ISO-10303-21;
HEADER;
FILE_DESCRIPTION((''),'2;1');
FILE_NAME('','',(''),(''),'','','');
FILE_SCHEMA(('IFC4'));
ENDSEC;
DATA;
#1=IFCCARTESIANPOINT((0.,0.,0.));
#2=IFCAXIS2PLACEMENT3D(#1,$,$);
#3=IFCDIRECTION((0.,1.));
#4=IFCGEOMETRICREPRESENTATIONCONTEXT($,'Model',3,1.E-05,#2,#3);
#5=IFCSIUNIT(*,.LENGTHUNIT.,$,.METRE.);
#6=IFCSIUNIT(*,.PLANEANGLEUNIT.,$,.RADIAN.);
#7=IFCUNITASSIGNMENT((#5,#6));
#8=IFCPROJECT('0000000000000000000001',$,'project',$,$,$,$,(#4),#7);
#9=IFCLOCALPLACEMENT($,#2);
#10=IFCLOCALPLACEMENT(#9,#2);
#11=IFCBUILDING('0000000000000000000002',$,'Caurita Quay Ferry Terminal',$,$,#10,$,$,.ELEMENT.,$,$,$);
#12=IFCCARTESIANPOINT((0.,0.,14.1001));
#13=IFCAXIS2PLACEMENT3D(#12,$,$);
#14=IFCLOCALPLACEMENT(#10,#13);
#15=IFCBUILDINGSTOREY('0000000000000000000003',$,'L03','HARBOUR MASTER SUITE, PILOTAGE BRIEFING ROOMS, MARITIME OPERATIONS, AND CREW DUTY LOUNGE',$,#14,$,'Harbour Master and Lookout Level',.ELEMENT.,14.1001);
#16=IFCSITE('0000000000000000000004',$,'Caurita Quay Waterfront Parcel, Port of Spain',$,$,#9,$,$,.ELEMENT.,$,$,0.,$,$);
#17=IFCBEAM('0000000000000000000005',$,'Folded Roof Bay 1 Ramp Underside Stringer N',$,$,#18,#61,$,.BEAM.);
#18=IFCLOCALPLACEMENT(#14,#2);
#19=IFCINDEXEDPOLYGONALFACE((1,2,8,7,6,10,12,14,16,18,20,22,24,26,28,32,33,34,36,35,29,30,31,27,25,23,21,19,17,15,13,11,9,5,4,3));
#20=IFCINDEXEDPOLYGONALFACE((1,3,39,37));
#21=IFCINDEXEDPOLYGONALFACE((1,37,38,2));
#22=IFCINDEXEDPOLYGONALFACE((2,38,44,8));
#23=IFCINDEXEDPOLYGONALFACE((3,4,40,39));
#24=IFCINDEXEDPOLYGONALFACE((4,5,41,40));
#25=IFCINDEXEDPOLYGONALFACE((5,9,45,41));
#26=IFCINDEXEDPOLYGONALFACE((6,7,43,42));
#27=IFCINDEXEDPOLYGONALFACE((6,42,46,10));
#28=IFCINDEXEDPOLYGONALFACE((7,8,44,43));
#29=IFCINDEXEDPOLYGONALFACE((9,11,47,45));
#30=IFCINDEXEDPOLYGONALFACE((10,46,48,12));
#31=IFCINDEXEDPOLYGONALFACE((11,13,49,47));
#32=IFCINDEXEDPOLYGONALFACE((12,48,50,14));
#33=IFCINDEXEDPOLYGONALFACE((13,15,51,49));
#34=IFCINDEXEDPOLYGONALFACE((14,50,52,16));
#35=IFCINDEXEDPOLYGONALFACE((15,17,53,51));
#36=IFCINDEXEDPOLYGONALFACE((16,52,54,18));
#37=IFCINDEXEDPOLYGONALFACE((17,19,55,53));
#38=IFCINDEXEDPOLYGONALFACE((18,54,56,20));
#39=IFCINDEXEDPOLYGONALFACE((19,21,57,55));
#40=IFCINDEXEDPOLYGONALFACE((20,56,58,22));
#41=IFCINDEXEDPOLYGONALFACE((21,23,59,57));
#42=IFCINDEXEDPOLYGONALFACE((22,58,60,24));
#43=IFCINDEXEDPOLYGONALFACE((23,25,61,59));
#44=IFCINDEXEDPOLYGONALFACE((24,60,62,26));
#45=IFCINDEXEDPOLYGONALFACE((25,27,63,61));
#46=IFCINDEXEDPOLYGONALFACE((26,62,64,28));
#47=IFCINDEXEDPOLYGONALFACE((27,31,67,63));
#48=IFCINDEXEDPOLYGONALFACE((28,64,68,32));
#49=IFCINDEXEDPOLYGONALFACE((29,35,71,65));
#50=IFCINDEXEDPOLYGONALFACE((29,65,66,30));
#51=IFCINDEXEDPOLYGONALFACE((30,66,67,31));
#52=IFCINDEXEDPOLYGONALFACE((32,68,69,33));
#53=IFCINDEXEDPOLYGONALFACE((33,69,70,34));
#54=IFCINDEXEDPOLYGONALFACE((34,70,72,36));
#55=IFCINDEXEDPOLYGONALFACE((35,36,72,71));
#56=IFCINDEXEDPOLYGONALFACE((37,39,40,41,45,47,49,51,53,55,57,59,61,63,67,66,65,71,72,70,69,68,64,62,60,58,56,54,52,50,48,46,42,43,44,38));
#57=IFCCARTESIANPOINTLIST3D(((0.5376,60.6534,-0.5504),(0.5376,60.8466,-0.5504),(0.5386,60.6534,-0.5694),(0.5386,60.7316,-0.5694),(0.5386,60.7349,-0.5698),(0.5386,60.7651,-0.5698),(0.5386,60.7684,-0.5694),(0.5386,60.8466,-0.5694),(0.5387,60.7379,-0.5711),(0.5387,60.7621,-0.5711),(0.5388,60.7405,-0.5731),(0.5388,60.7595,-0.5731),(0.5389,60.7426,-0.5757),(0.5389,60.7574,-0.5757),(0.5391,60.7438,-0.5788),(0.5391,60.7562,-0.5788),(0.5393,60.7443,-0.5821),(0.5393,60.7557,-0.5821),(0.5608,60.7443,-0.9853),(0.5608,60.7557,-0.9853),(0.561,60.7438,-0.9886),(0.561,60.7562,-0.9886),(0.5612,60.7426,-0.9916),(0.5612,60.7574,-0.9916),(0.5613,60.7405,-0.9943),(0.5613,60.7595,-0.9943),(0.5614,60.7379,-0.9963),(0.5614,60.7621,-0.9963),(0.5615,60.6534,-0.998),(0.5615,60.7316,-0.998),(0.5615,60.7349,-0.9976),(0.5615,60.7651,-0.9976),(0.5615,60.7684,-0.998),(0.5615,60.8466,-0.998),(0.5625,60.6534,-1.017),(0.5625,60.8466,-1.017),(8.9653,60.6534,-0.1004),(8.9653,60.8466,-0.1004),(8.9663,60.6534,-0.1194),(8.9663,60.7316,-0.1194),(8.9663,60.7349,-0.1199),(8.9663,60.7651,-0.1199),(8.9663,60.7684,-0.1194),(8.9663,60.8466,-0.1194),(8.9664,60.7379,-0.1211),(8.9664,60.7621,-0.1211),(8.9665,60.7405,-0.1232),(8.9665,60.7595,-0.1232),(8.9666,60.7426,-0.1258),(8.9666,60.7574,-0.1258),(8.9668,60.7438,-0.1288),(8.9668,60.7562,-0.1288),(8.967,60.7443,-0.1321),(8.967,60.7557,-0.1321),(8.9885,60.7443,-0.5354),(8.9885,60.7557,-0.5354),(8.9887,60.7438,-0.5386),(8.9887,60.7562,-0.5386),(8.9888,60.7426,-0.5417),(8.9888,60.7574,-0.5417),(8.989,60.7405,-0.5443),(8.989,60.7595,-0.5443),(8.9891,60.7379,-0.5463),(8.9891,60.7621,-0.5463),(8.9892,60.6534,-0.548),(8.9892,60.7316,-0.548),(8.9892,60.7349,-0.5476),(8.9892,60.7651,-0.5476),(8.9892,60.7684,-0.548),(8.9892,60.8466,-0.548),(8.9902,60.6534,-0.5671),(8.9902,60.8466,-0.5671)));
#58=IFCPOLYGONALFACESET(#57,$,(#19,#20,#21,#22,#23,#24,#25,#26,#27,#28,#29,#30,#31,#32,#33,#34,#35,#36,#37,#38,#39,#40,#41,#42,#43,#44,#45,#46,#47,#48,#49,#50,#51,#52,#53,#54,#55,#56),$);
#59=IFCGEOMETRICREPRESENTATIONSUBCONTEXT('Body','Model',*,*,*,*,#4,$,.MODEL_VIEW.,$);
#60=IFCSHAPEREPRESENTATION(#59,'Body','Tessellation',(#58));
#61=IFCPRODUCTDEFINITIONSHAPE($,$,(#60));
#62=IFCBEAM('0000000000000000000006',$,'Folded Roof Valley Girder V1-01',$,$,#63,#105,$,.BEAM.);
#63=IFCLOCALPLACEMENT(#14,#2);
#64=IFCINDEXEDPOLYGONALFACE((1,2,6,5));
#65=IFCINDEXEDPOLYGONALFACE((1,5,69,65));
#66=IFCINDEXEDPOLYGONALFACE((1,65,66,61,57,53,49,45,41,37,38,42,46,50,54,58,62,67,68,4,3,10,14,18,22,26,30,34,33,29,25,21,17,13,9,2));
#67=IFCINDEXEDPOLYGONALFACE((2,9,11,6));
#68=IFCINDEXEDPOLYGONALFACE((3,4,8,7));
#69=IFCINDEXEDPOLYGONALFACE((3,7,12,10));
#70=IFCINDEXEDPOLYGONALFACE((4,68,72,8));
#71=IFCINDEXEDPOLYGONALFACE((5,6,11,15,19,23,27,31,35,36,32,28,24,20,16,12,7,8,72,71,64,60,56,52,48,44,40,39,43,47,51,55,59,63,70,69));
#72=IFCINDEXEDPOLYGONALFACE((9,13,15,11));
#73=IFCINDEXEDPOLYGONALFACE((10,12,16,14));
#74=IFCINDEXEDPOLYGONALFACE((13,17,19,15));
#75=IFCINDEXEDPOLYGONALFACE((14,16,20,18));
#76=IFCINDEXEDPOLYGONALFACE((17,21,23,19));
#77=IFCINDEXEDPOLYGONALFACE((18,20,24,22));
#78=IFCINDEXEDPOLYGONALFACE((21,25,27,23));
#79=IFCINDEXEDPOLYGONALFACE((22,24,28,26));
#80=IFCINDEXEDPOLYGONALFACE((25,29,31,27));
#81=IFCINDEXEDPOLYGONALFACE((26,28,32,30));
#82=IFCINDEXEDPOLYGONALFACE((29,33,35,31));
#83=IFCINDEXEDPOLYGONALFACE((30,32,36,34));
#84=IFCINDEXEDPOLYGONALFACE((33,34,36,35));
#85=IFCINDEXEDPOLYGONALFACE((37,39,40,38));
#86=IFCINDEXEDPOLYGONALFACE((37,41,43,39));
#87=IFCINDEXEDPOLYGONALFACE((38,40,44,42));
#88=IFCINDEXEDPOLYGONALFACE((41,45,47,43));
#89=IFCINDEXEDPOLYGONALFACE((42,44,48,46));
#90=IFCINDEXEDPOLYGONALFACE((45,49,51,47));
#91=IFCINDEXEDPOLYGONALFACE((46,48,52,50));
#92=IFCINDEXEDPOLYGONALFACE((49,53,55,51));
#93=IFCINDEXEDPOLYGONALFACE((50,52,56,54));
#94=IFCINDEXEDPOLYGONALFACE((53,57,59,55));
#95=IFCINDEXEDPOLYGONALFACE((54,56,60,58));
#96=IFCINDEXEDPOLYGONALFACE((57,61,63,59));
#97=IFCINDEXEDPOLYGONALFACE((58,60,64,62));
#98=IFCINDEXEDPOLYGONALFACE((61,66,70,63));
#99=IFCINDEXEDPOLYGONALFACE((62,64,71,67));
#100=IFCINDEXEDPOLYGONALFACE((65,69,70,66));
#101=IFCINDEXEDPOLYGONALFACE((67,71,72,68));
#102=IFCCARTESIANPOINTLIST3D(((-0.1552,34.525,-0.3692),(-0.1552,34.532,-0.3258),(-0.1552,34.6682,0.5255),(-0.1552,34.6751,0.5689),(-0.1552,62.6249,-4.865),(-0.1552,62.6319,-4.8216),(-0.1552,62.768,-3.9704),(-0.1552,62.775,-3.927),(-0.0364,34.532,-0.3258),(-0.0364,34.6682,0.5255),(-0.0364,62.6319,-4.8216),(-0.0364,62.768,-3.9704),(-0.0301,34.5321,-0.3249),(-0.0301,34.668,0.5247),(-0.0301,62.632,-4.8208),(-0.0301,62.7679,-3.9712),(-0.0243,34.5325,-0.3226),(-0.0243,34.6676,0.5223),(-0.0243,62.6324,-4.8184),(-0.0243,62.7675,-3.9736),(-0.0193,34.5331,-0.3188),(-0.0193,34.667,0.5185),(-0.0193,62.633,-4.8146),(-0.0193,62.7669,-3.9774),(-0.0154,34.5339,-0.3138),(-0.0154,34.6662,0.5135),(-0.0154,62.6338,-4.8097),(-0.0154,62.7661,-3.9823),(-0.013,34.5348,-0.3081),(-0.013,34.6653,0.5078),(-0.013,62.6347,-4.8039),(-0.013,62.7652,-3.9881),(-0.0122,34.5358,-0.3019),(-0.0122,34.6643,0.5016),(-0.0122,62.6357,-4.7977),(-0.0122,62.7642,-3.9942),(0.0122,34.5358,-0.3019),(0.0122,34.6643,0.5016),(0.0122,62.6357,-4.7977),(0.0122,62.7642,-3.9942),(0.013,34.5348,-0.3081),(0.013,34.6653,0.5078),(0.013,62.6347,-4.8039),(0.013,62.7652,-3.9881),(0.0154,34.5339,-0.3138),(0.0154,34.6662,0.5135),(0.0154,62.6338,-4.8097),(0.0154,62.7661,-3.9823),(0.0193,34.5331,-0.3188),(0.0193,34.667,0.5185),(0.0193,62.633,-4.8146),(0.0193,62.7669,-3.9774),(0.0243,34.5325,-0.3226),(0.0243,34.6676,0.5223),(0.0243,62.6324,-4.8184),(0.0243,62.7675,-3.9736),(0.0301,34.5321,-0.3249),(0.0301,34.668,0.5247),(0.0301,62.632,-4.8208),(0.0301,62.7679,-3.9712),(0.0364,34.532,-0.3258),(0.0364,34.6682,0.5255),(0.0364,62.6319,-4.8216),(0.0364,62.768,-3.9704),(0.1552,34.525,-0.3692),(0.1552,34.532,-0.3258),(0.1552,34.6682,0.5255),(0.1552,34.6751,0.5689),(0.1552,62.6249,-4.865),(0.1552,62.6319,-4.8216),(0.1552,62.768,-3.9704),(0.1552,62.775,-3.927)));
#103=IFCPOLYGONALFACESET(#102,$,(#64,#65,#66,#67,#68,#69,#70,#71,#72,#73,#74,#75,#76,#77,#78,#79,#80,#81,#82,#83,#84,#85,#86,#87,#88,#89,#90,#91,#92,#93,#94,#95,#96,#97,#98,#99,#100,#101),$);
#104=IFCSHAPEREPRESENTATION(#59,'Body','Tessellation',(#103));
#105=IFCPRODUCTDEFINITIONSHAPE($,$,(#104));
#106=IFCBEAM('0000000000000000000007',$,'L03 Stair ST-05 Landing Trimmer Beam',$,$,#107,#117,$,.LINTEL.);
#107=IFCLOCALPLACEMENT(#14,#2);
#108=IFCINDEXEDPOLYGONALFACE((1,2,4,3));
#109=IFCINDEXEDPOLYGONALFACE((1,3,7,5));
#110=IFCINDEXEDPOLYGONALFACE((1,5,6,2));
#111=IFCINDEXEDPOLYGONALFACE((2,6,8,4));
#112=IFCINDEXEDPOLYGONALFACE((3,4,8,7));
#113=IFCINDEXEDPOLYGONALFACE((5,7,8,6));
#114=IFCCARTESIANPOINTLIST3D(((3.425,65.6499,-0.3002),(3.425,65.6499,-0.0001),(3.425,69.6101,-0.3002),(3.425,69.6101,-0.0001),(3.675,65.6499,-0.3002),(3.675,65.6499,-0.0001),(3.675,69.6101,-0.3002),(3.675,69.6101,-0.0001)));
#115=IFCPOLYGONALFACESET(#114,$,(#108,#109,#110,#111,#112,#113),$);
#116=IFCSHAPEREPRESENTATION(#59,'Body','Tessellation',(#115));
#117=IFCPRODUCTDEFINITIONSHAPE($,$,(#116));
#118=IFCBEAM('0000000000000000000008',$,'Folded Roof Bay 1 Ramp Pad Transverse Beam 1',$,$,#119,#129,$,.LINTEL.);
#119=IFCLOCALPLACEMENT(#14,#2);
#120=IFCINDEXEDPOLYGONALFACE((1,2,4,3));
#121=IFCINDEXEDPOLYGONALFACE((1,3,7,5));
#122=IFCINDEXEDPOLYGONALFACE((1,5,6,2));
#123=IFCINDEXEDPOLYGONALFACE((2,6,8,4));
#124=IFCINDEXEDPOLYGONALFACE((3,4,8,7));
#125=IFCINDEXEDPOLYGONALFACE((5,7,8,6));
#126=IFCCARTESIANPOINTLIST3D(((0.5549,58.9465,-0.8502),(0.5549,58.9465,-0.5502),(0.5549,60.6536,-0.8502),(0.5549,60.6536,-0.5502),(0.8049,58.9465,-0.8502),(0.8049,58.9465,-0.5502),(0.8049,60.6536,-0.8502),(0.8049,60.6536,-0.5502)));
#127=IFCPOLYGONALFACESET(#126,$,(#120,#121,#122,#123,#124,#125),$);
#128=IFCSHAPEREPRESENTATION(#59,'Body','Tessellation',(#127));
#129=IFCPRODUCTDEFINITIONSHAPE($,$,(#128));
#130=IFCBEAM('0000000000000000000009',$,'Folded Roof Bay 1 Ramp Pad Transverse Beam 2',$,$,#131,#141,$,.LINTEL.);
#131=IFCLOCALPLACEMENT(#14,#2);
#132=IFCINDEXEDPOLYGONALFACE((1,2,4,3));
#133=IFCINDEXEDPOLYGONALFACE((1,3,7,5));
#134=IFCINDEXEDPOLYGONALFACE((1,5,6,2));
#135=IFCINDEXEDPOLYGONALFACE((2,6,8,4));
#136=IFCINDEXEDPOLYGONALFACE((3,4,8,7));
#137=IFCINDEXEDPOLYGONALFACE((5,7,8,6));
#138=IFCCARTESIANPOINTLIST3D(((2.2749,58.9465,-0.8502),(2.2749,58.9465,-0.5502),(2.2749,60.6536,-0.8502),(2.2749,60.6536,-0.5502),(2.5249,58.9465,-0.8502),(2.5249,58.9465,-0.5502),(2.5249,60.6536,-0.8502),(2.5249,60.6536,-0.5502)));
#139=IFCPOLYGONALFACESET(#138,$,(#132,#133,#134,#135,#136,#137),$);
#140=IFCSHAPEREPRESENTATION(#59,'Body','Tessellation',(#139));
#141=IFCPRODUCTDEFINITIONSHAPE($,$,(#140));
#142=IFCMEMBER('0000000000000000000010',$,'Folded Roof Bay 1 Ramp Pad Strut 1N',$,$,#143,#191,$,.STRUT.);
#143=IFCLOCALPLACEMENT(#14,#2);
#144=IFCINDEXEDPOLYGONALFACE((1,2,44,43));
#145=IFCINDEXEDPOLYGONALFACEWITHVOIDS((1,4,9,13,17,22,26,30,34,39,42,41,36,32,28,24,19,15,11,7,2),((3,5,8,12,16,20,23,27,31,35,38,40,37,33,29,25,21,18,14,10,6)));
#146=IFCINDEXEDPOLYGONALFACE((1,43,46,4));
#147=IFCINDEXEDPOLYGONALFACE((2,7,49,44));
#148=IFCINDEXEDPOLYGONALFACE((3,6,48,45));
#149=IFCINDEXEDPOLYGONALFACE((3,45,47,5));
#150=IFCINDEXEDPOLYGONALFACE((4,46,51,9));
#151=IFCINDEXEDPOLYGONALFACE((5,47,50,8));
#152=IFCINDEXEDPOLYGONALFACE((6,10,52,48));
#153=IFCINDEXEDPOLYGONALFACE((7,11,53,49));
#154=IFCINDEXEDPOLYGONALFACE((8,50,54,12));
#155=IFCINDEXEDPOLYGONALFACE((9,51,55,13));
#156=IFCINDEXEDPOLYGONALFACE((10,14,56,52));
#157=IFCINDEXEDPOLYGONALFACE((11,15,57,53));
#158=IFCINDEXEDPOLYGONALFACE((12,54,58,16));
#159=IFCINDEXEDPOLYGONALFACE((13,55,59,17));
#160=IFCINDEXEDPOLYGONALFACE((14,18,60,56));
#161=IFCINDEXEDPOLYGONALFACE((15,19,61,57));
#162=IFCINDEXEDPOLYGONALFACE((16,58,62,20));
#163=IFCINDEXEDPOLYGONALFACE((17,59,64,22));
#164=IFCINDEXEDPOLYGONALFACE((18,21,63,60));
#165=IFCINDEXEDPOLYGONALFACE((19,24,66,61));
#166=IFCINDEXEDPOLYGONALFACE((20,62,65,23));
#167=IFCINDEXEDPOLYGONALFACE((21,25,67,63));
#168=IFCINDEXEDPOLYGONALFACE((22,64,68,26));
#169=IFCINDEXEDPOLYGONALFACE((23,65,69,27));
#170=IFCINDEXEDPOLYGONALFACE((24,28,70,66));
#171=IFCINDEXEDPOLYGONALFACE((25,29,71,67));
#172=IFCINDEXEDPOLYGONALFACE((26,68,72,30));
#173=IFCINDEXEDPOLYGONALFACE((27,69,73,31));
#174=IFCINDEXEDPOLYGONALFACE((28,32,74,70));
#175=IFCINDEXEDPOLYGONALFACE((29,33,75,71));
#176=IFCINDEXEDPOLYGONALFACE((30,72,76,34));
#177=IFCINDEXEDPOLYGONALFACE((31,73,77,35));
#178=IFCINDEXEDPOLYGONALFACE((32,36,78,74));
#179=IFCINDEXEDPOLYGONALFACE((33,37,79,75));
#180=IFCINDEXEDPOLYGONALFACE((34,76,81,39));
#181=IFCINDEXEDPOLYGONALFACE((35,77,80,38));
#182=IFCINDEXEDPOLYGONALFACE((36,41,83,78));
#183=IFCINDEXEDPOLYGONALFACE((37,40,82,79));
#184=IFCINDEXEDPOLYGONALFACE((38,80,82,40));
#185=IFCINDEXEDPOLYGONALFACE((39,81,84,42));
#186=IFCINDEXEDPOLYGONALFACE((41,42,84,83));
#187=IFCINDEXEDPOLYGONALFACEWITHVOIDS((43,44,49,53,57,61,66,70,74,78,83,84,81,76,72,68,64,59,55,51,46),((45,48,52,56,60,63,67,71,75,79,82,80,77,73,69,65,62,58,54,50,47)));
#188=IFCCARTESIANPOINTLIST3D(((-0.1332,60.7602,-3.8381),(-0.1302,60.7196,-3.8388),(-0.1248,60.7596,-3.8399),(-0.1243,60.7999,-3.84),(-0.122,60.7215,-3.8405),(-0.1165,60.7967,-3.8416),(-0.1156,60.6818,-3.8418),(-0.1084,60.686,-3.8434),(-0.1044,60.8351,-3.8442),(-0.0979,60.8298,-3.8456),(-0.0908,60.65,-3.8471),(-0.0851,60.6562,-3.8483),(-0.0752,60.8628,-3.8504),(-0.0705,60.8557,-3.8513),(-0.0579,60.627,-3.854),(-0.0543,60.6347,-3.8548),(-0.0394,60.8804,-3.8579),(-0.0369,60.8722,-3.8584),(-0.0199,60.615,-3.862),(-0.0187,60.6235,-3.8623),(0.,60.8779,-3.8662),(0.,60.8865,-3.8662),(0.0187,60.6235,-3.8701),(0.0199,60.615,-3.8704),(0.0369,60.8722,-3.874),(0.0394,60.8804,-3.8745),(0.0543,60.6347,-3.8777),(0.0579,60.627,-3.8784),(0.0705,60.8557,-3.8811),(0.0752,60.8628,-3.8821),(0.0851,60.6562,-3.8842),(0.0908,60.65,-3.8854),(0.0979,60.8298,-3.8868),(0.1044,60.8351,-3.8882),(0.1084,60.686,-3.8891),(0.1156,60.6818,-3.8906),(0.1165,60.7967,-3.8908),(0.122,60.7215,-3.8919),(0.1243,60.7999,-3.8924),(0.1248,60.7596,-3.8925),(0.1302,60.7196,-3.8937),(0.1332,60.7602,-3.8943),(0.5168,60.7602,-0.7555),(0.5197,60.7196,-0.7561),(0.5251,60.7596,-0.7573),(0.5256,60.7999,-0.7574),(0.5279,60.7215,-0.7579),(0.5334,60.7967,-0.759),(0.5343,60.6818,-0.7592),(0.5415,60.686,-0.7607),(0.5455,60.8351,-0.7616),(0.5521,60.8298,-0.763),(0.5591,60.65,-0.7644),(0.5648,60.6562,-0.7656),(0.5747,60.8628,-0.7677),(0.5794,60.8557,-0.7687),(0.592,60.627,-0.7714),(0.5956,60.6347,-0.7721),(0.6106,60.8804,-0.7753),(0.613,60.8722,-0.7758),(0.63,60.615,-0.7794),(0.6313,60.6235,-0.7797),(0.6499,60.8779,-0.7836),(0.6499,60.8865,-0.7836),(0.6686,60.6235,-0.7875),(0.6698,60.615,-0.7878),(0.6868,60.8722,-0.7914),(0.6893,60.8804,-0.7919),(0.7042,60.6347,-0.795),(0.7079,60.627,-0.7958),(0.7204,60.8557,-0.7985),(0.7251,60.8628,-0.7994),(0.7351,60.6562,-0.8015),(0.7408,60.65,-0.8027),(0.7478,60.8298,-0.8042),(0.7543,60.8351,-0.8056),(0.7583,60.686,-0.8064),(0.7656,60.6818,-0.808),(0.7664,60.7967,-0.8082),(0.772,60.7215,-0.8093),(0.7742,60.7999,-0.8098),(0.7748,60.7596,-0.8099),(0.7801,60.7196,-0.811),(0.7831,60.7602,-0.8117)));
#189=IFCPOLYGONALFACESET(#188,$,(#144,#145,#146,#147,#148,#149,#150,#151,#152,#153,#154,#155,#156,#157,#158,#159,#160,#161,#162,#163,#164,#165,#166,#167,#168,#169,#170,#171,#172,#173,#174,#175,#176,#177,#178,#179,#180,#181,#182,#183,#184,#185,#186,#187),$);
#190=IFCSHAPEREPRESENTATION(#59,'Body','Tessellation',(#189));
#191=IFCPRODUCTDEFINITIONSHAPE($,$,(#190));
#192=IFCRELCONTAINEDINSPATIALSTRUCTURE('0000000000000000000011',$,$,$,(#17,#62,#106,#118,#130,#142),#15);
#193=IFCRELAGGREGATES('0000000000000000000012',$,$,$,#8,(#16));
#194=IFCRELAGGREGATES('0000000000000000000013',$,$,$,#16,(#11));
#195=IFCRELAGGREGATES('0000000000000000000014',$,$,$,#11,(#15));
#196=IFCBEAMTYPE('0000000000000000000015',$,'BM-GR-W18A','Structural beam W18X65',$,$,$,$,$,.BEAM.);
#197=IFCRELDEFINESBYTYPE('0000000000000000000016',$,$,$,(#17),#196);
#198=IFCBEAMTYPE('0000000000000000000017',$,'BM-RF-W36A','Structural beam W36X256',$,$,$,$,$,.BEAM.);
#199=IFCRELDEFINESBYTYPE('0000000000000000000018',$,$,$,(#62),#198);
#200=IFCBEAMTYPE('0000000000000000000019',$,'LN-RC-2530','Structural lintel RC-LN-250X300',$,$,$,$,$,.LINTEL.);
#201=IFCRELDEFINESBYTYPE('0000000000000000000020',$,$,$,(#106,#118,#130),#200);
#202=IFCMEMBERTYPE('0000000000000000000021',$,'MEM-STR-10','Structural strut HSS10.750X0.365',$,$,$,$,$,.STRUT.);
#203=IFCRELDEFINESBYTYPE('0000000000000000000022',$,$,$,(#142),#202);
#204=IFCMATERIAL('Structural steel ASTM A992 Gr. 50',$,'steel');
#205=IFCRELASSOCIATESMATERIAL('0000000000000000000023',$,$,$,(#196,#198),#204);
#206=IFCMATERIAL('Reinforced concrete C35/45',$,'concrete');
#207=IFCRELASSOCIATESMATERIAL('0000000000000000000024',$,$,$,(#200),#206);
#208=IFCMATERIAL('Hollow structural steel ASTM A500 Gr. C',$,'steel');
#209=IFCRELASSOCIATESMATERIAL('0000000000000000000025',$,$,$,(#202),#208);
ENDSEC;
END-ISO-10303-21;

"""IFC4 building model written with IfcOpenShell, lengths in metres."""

from ifc_helpers import new_model, si_unit, direction, frame, origin, origin_2d, place, context, subcontext, project, spatial, rectangle, hollow_circle, i_section, extrude, material, material_profile, profile_set, type_object, element, save


model = new_model("IFC4")

# Units and contexts
model_context = context("Model", 3, precision=1e-05, world=origin(), true_north=direction((0.0, 1.0)))
body_context = subcontext(model_context, "Body", "Model", "MODEL_VIEW")
ifc_project = project(units=[si_unit("LENGTHUNIT", "METRE"), si_unit("PLANEANGLEUNIT", "RADIAN")], contexts=[model_context])

# Site, building, storey
site_placement = place(None, origin())
site = spatial("IfcSite", under=ifc_project, at=site_placement, Name="Caurita Quay Waterfront Parcel, Port of Spain", CompositionType="ELEMENT", RefElevation=0.0)
building_placement = place(site_placement, origin())
building = spatial("IfcBuilding", under=site, at=building_placement, Name="Caurita Quay Ferry Terminal", CompositionType="ELEMENT")
storey_placement = place(building_placement, frame((0.0, 0.0, 14.1001)))
storey = spatial("IfcBuildingStorey", under=building, at=storey_placement, Name="L03", Description="HARBOUR MASTER SUITE, PILOTAGE BRIEFING ROOMS, MARITIME OPERATIONS, AND CREW DUTY LOUNGE", LongName="Harbour Master and Lookout Level", CompositionType="ELEMENT", Elevation=14.1001)

# Beams
ifc_material_1 = material(Name="Structural steel ASTM A992 Gr. 50", Category="steel")
ifc_material_profile_1 = material_profile(ifc_material_1, i_section(OverallWidth=0.1931, OverallDepth=0.4673, WebThickness=0.0115, FlangeThickness=0.019, FilletRadius=0.0127, at=origin_2d()), Name="W18X65")
ifc_profile_set_1 = profile_set([ifc_material_profile_1], Name="Structural steel ASTM A992 Gr. 50")
beam_type_1 = type_object("IfcBeamType", Name="BM-GR-W18A", Description="Structural beam W18X65", PredefinedType="BEAM", material=ifc_profile_set_1)
beam_1_placement = place(storey_placement, frame((0.55, 60.75, -0.7837), z_axis=(0.998578, 0.0, 0.053313), x_axis=(0.0, 1.0, 0.0)))
element("IfcBeam", 1, at=beam_1_placement, inside=storey, type_object=beam_type_1, Name="Folded Roof Bay 1 Ramp Underside Stringer N", PredefinedType="BEAM", context=body_context, shape_type="SweptSolid", body=[
    extrude(i_section(OverallWidth=0.1931, OverallDepth=0.4673, WebThickness=0.0115, FlangeThickness=0.019, FilletRadius=0.0127, at=origin_2d()), origin(), (0.0, 0.0, 1.0), 8.4397),
])
ifc_material_profile_2 = material_profile(ifc_material_1, i_section(OverallWidth=0.3103, OverallDepth=0.95, WebThickness=0.0244, FlangeThickness=0.0439, FilletRadius=0.0242, at=origin_2d()), Name="W36X256")
ifc_profile_set_2 = profile_set([ifc_material_profile_2], Name="Structural steel ASTM A992 Gr. 50")
beam_type_2 = type_object("IfcBeamType", Name="BM-RF-W36A", Description="Structural beam W36X256", PredefinedType="BEAM", material=ifc_profile_set_2)
beam_2_placement = place(storey_placement, frame((0.0, 62.7, -4.396), z_axis=(0.0, -0.987441, 0.157986), x_axis=(1.0, 0.0, 0.0)))
element("IfcBeam", 2, at=beam_2_placement, inside=storey, type_object=beam_type_2, Name="Folded Roof Valley Girder V1-01", PredefinedType="BEAM", context=body_context, shape_type="SweptSolid", body=[
    extrude(i_section(OverallWidth=0.3103, OverallDepth=0.95, WebThickness=0.0244, FlangeThickness=0.0439, FilletRadius=0.0242, at=origin_2d()), origin(), (0.0, 0.0, 1.0), 28.4573),
])
ifc_material_2 = material(Name="Reinforced concrete C35/45", Category="concrete")
ifc_material_profile_3 = material_profile(ifc_material_2, rectangle(XDim=0.25, YDim=0.3, at=origin_2d()), Name="RC-LN-250X300")
ifc_profile_set_3 = profile_set([ifc_material_profile_3], Name="Reinforced concrete C35/45")
beam_type_3 = type_object("IfcBeamType", Name="LN-RC-2530", Description="Structural lintel RC-LN-250X300", PredefinedType="LINTEL", material=ifc_profile_set_3)
beam_3_placement = place(storey_placement, frame((3.55, 65.6499, -0.1501), z_axis=(0.0, 1.0, 0.0), x_axis=(-1.0, 0.0, 0.0)))
element("IfcBeam", 3, at=beam_3_placement, inside=storey, type_object=beam_type_3, Name="L03 Stair ST-05 Landing Trimmer Beam", PredefinedType="LINTEL", context=body_context, shape_type="SweptSolid", body=[
    extrude(rectangle(XDim=0.25, YDim=0.3, at=origin_2d()), origin(), (0.0, 0.0, 1.0), 3.9602),
])
for number, where, z_axis, x_axis, name in (
    (4, (0.6799, 58.9465, -0.7002), (0.0, 1.0, 0.0), (-1.0, 0.0, 0.0), "Folded Roof Bay 1 Ramp Pad Transverse Beam 1"),
    (5, (2.3999, 58.9465, -0.7002), (0.0, 1.0, 0.0), (-1.0, 0.0, 0.0), "Folded Roof Bay 1 Ramp Pad Transverse Beam 2"),
):
    element("IfcBeam", number, at=place(storey_placement, frame(where, z_axis=z_axis, x_axis=x_axis)), inside=storey, type_object=beam_type_3, Name=name, PredefinedType="LINTEL", context=body_context, shape_type="SweptSolid", body=[
        extrude(rectangle(XDim=0.25, YDim=0.3, at=origin_2d()), origin(), (0.0, 0.0, 1.0), 1.707),
    ])

# Member
ifc_material_3 = material(Name="Hollow structural steel ASTM A500 Gr. C", Category="steel")
ifc_material_profile_4 = material_profile(ifc_material_3, hollow_circle(Radius=0.1365, WallThickness=0.0085, at=origin_2d()), Name="HSS10.750X0.365")
ifc_profile_set_4 = profile_set([ifc_material_profile_4], Name="Hollow structural steel ASTM A500 Gr. C")
member_type = type_object("IfcMemberType", Name="MEM-STR-10", Description="Structural strut HSS10.750X0.365", PredefinedType="STRUT", material=ifc_profile_set_4)
member_1_placement = place(storey_placement, frame((0.0, 60.75, -3.8662), z_axis=(0.206299, 0.0, 0.978489), x_axis=(0.0, 1.0, 0.0)))
element("IfcMember", 6, at=member_1_placement, inside=storey, type_object=member_type, Name="Folded Roof Bay 1 Ramp Pad Strut 1N", PredefinedType="STRUT", context=body_context, shape_type="SweptSolid", body=[
    extrude(hollow_circle(Radius=0.1365, WallThickness=0.0085, at=origin_2d()), origin(), (0.0, 0.0, 1.0), 3.1504),
])

save(model, "model.ifc")
